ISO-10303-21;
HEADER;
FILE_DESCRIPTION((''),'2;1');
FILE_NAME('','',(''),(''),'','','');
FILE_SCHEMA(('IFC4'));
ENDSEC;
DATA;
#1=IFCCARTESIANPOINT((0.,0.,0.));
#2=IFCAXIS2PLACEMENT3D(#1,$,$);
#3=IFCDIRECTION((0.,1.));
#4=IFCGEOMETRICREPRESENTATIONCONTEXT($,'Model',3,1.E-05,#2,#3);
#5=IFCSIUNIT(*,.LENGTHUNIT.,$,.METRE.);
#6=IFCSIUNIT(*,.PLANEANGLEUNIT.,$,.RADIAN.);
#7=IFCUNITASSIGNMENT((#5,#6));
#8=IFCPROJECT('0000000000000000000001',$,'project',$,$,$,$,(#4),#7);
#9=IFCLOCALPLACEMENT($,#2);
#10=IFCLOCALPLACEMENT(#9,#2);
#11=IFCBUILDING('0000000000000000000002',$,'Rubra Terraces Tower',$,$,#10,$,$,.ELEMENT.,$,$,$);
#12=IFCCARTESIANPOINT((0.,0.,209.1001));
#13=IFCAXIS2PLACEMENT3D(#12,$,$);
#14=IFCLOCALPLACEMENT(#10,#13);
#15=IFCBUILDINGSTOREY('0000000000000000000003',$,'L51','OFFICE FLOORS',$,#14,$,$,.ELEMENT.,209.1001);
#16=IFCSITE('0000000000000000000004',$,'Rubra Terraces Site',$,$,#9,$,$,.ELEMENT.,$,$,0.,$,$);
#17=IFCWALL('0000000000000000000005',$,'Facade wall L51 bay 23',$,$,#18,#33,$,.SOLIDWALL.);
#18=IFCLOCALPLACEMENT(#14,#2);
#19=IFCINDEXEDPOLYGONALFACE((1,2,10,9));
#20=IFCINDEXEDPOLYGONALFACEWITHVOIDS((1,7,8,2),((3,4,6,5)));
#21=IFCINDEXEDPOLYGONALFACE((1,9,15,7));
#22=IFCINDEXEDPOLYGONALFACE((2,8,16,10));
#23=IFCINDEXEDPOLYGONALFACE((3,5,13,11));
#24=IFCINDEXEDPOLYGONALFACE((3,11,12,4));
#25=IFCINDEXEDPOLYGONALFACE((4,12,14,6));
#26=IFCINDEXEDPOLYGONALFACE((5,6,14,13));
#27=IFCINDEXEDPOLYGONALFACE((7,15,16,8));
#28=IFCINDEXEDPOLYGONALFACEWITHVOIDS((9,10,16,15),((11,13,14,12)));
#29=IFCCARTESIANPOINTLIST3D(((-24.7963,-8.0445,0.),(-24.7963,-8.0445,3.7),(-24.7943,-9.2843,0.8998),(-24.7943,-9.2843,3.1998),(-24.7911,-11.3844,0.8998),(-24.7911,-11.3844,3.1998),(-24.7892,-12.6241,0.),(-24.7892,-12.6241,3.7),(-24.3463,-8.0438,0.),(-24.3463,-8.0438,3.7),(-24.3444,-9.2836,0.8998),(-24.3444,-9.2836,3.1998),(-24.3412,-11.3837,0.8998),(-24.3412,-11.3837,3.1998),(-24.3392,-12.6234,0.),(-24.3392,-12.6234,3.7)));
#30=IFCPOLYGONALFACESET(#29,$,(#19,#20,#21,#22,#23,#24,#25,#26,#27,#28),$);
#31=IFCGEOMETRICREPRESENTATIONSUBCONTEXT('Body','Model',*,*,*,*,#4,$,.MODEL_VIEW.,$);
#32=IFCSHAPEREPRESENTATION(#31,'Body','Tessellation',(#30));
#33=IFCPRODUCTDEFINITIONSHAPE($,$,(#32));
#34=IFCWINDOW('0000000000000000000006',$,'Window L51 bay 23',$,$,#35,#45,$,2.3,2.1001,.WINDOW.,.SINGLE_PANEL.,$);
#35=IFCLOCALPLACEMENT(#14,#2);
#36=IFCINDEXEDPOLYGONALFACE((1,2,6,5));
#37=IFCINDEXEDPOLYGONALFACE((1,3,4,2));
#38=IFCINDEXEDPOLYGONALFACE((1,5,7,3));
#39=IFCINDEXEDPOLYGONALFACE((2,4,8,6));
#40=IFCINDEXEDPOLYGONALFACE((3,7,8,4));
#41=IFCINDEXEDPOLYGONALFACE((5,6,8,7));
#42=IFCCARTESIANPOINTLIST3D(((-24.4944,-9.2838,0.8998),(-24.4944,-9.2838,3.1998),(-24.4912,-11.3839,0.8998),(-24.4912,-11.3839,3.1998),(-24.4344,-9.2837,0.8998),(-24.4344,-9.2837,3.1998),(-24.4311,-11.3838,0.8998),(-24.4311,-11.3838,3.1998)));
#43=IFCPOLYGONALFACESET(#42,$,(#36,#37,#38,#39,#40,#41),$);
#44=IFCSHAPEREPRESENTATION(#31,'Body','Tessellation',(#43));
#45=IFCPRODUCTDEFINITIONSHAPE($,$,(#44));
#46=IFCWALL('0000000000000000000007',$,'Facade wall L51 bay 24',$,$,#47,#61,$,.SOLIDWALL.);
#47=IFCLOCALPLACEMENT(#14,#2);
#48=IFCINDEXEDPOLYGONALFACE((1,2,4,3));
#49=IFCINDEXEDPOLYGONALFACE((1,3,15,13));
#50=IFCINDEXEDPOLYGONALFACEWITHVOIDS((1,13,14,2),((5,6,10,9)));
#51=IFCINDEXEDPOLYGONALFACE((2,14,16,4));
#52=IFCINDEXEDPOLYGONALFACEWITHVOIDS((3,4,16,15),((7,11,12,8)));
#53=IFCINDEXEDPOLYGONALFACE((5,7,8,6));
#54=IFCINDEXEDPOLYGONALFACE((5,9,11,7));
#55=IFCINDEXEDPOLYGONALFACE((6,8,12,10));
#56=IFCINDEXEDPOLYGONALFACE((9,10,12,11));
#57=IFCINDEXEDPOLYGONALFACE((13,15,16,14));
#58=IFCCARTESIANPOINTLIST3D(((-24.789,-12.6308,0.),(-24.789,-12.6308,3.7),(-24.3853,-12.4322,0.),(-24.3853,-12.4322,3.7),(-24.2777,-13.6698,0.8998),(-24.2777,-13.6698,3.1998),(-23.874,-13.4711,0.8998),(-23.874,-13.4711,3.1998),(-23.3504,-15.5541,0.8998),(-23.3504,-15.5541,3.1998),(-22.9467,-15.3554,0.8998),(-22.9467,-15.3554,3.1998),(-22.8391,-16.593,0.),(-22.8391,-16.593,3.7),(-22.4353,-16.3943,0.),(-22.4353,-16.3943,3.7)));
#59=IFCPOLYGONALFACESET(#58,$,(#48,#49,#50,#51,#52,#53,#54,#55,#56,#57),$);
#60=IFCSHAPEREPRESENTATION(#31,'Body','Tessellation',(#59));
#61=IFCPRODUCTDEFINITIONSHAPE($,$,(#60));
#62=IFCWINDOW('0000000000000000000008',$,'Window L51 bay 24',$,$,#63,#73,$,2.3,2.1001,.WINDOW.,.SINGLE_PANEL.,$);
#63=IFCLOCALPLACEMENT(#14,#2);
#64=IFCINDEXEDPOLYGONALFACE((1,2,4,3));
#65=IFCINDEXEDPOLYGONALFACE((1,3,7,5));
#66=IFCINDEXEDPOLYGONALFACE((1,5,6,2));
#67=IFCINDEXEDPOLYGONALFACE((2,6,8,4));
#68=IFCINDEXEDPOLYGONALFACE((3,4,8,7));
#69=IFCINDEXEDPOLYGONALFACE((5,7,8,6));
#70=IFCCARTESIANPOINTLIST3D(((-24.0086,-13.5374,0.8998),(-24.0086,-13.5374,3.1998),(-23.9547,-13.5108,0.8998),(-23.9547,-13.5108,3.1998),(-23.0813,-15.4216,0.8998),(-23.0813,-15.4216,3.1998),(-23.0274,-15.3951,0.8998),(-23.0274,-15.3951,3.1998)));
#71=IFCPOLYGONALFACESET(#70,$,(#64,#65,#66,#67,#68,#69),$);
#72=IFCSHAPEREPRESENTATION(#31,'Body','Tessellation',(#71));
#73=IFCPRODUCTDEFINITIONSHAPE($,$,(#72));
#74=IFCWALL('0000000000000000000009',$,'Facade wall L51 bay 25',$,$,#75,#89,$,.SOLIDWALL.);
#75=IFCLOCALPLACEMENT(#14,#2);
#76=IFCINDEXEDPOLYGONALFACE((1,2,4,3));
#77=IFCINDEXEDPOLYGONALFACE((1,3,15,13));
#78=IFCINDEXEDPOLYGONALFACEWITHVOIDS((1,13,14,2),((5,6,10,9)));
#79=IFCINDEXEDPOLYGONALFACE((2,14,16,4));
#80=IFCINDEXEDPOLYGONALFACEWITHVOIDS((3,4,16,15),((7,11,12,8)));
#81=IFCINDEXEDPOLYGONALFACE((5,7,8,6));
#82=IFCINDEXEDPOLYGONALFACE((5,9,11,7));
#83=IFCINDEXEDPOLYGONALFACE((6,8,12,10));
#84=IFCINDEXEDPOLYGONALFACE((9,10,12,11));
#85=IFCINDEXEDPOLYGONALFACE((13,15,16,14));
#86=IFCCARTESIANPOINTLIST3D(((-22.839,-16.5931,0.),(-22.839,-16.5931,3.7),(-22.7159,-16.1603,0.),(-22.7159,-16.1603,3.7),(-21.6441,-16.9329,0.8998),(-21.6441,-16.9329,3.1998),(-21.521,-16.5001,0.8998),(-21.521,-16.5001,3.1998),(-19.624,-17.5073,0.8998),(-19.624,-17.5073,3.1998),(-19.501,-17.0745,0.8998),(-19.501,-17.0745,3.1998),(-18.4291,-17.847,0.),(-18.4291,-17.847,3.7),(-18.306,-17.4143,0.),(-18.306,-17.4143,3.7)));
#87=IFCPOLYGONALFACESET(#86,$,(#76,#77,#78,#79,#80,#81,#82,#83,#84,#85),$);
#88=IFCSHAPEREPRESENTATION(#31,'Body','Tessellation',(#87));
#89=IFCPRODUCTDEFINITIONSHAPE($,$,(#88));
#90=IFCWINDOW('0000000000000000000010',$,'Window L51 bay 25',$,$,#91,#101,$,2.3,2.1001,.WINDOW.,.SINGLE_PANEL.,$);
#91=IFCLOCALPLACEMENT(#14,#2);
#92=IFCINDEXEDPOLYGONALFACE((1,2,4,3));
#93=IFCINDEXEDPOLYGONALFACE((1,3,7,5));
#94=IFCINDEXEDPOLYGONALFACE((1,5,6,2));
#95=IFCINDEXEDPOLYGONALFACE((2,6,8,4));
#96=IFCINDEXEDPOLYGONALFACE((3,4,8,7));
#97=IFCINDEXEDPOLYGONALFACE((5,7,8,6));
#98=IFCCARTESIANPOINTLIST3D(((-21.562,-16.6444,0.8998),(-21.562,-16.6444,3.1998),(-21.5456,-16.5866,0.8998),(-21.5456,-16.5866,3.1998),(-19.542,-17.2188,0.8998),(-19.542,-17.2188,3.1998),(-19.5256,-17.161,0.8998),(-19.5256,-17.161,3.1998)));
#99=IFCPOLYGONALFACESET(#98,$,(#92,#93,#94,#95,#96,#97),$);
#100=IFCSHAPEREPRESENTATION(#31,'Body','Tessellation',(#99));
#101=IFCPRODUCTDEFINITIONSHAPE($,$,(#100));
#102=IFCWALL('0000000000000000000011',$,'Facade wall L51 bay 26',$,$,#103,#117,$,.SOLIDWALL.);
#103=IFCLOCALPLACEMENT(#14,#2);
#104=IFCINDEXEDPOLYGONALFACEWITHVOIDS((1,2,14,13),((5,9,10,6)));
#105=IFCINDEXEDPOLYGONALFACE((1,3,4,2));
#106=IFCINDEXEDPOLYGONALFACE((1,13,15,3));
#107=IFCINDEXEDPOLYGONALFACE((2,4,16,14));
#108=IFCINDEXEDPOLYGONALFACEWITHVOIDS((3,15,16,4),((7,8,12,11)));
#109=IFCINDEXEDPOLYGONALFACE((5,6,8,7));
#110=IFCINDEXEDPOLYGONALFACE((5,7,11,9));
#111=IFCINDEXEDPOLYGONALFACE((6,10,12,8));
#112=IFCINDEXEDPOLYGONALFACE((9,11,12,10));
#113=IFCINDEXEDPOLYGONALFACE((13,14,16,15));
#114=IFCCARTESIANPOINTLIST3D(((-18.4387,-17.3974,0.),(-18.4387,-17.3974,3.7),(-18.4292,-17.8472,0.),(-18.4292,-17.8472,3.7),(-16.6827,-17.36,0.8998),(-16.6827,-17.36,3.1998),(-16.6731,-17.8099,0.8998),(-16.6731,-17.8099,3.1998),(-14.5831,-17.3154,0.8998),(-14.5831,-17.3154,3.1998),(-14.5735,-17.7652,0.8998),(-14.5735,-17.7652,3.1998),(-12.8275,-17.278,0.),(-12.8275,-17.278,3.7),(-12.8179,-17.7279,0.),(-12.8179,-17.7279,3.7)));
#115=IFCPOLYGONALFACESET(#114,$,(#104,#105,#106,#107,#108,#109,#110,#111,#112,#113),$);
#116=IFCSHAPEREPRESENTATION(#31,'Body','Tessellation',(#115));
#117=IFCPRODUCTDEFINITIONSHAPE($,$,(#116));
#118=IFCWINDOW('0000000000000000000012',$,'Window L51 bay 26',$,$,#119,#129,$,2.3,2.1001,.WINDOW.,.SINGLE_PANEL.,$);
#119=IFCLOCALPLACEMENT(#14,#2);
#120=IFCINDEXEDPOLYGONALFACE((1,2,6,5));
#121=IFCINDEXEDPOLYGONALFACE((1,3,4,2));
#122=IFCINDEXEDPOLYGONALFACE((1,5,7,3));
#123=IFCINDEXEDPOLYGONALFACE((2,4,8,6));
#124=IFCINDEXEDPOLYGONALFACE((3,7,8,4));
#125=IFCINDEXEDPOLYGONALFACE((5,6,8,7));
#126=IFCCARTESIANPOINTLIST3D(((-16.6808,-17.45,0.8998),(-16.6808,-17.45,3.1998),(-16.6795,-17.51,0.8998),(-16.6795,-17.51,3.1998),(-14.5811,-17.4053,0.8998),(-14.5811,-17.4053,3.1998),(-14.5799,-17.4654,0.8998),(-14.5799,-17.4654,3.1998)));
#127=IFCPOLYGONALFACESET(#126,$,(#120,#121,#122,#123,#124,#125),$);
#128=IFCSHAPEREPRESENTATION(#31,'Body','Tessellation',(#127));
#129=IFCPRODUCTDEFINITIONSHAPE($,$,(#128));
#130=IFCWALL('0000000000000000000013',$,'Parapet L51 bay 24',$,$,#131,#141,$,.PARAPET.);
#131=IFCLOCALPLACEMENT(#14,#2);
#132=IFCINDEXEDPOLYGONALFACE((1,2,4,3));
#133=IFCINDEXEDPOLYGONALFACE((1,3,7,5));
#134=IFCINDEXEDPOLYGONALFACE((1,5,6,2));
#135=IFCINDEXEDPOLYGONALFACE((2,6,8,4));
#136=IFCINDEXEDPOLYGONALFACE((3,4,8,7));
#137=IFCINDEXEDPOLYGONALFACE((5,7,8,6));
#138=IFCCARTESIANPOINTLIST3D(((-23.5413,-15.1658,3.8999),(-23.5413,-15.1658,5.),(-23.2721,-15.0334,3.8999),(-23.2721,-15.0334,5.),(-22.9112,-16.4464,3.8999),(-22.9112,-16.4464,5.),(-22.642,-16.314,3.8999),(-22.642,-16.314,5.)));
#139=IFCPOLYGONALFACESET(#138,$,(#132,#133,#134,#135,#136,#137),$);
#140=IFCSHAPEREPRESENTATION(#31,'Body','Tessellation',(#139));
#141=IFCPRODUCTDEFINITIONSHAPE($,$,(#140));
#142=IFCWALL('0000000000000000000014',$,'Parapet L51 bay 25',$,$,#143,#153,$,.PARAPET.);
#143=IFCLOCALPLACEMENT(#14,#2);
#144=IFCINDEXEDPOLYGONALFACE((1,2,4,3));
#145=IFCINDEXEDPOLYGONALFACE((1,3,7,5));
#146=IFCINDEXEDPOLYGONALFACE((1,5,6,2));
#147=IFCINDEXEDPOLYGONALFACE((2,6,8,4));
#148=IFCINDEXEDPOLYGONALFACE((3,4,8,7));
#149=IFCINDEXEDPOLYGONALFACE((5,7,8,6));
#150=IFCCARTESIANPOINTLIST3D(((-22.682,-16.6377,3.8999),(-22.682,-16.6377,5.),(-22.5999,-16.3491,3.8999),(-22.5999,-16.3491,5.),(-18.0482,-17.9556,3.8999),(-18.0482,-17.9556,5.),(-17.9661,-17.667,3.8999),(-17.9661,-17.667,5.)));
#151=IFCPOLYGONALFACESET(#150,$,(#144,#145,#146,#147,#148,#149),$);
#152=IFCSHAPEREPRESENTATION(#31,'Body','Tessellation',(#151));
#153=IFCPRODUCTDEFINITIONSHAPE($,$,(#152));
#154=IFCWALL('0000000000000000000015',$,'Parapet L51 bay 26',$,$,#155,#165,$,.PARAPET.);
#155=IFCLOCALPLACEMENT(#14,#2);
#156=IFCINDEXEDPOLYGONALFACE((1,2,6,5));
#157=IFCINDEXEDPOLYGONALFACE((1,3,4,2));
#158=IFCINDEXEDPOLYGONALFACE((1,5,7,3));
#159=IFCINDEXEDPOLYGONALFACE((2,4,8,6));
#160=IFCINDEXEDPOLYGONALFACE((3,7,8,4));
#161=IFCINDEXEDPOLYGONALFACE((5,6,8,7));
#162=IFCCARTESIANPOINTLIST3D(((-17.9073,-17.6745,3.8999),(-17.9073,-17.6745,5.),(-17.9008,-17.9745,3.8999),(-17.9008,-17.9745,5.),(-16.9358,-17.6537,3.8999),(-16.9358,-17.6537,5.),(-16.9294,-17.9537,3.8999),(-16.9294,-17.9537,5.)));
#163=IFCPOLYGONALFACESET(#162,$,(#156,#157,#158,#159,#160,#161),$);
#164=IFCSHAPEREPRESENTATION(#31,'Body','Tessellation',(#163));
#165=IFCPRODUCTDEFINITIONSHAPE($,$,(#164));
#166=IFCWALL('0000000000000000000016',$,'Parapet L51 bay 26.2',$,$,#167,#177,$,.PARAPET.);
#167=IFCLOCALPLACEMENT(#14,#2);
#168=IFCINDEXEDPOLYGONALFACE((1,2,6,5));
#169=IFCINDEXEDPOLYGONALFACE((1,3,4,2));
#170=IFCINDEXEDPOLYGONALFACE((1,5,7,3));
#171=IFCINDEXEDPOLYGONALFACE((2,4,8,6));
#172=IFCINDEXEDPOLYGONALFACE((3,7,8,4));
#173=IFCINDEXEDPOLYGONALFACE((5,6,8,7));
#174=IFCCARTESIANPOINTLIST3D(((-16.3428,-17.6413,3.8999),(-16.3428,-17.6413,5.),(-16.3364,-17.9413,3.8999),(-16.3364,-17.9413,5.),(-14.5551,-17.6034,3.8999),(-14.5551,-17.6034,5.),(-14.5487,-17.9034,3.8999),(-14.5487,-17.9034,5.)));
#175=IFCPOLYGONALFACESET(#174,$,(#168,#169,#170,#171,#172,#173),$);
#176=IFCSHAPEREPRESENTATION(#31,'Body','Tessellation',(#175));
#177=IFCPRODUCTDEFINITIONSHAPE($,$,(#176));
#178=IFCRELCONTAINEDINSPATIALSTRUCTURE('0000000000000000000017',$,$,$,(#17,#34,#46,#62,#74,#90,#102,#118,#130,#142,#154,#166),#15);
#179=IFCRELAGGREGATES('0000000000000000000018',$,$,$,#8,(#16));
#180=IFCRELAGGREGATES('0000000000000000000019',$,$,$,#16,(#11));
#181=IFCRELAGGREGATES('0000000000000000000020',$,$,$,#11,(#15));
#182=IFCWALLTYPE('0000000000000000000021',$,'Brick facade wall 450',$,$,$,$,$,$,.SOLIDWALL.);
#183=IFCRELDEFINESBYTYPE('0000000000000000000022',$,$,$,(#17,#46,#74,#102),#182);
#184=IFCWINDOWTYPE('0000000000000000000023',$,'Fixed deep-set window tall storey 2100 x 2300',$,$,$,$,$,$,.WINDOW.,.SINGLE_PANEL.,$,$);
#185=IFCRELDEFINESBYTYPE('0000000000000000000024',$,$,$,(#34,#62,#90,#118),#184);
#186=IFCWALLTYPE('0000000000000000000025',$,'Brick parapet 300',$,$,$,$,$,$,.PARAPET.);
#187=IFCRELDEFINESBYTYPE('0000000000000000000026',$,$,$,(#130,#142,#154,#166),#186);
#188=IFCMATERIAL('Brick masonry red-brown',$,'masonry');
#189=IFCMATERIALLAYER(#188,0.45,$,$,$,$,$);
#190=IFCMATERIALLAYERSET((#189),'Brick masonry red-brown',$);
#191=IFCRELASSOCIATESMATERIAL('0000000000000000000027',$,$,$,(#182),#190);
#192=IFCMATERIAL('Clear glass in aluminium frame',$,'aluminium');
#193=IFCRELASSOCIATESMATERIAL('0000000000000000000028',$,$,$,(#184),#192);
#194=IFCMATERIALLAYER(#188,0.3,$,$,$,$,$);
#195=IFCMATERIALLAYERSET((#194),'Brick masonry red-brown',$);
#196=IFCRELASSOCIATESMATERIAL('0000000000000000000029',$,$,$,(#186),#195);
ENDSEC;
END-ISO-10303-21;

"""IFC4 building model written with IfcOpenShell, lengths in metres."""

from ifc_helpers import new_model, si_unit, direction, frame, frame_2d, origin, place, context, subcontext, project, spatial, rectangle, extrude, material, layer, layer_set, type_object, element, fill, save


model = new_model("IFC4")

# Units and contexts
model_context = context("Model", 3, precision=1e-05, world=origin(), true_north=direction((0.0, 1.0)))
body_context = subcontext(model_context, "Body", "Model", "MODEL_VIEW")
ifc_project = project(units=[si_unit("LENGTHUNIT", "METRE"), si_unit("PLANEANGLEUNIT", "RADIAN")], contexts=[model_context])

# Site, building, storey
site_placement = place(None, origin())
site = spatial("IfcSite", under=ifc_project, at=site_placement, Name="Rubra Terraces Site", CompositionType="ELEMENT", RefElevation=0.0)
building_placement = place(site_placement, origin())
building = spatial("IfcBuilding", under=site, at=building_placement, Name="Rubra Terraces Tower", CompositionType="ELEMENT")
storey_placement = place(building_placement, frame((0.0, 0.0, 209.1001)))
storey = spatial("IfcBuildingStorey", under=building, at=storey_placement, Name="L51", Description="OFFICE FLOORS", CompositionType="ELEMENT", Elevation=209.1001)

# Walls, openings, windows
ifc_material_1 = material(Name="Brick masonry red-brown", Category="masonry")
ifc_layer_1 = layer(ifc_material_1, 0.45)
ifc_layer_set_1 = layer_set([ifc_layer_1], Name="Brick masonry red-brown")
wall_type_1 = type_object("IfcWallType", Name="Brick facade wall 450", PredefinedType="SOLIDWALL", material=ifc_layer_set_1)
wall_1_placement = place(storey_placement, frame((-24.5713, -8.0442, 0.0), z_axis=(0.0, 0.0, 1.0), x_axis=(0.001546, -0.999999, 0.0)))
wall_1 = element("IfcWall", 1, at=wall_1_placement, inside=storey, type_object=wall_type_1, Name="Facade wall L51 bay 23", PredefinedType="SOLIDWALL", context=body_context, shape_type="SweptSolid", body=[
    extrude(rectangle(XDim=4.5796, YDim=0.45, at=frame_2d((2.2898, 0.0))), origin(), (0.0, 0.0, 1.0), 3.7),
])
opening_1_placement = place(wall_1_placement, frame((1.2397, 0.0, 0.8999)))
opening_1 = element("IfcOpeningElement", 2, at=opening_1_placement, cuts=wall_1, PredefinedType="OPENING", context=body_context, shape_type="SweptSolid", body=[
    extrude(rectangle(XDim=2.1001, YDim=2.3, at=frame_2d((1.05, 1.1499))), frame((0.0, 0.2349, 0.0), z_axis=(0.0, -1.0, 0.0), x_axis=(1.0, 0.0, 0.0)), (0.0, 0.0, 1.0), 0.47),
])
ifc_material_2 = material(Name="Clear glass in aluminium frame", Category="aluminium")
window_type = type_object("IfcWindowType", Name="Fixed deep-set window tall storey 2100 x 2300", PartitioningType="SINGLE_PANEL", PredefinedType="WINDOW", material=ifc_material_2)
window_1_placement = place(opening_1_placement, origin())
window_1 = element("IfcWindow", 3, at=window_1_placement, inside=storey, type_object=window_type, Name="Window L51 bay 23", OverallHeight=2.3, OverallWidth=2.1001, PartitioningType="SINGLE_PANEL", PredefinedType="WINDOW", context=body_context, shape_type="SweptSolid", body=[
    extrude(rectangle(XDim=2.1001, YDim=2.3, at=frame_2d((1.05, 1.1499))), frame((0.0, 0.135, 0.0), z_axis=(0.0, -1.0, 0.0), x_axis=(1.0, 0.0, 0.0)), (0.0, 0.0, 1.0), 0.0601),
])
fill(opening_1, window_1)
wall_2_placement = place(storey_placement, frame((-24.5872, -12.5315, 0.0), z_axis=(0.0, 0.0, 1.0), x_axis=(0.441566, -0.897229, 0.0)))
wall_2 = element("IfcWall", 4, at=wall_2_placement, inside=storey, type_object=wall_type_1, Name="Facade wall L51 bay 24", PredefinedType="SOLIDWALL", context=body_context, shape_type="SweptSolid", body=[
    extrude(rectangle(XDim=4.416, YDim=0.45, at=frame_2d((2.208, 0.0))), origin(), (0.0, 0.0, 1.0), 3.7),
])
opening_2_placement = place(wall_2_placement, frame((1.158, 0.0, 0.8999)))
opening_2 = element("IfcOpeningElement", 5, at=opening_2_placement, cuts=wall_2, PredefinedType="OPENING", context=body_context, shape_type="SweptSolid", body=[
    extrude(rectangle(XDim=2.1001, YDim=2.3, at=frame_2d((1.05, 1.1499))), frame((0.0, 0.2349, 0.0), z_axis=(0.0, -1.0, 0.0), x_axis=(1.0, 0.0, 0.0)), (0.0, 0.0, 1.0), 0.47),
])
window_2_placement = place(opening_2_placement, origin())
window_2 = element("IfcWindow", 6, at=window_2_placement, inside=storey, type_object=window_type, Name="Window L51 bay 24", OverallHeight=2.3, OverallWidth=2.1001, PartitioningType="SINGLE_PANEL", PredefinedType="WINDOW", context=body_context, shape_type="SweptSolid", body=[
    extrude(rectangle(XDim=2.1001, YDim=2.3, at=frame_2d((1.05, 1.1499))), frame((0.0, 0.135, 0.0), z_axis=(0.0, -1.0, 0.0), x_axis=(1.0, 0.0, 0.0)), (0.0, 0.0, 1.0), 0.0601),
])
fill(opening_2, window_2)
wall_3_placement = place(storey_placement, frame((-22.7776, -16.3767, 0.0), z_axis=(0.0, 0.0, 1.0), x_axis=(0.961873, -0.273497, 0.0)))
wall_3 = element("IfcWall", 7, at=wall_3_placement, inside=storey, type_object=wall_type_1, Name="Facade wall L51 bay 25", PredefinedType="SOLIDWALL", context=body_context, shape_type="SweptSolid", body=[
    extrude(rectangle(XDim=4.5847, YDim=0.45, at=frame_2d((2.2925, 0.0))), origin(), (0.0, 0.0, 1.0), 3.7),
])
opening_3_placement = place(wall_3_placement, frame((1.2424, 0.0, 0.8999)))
opening_3 = element("IfcOpeningElement", 8, at=opening_3_placement, cuts=wall_3, PredefinedType="OPENING", context=body_context, shape_type="SweptSolid", body=[
    extrude(rectangle(XDim=2.1001, YDim=2.3, at=frame_2d((1.05, 1.1499))), frame((0.0, 0.2349, 0.0), z_axis=(0.0, -1.0, 0.0), x_axis=(1.0, 0.0, 0.0)), (0.0, 0.0, 1.0), 0.47),
])
window_3_placement = place(opening_3_placement, origin())
window_3 = element("IfcWindow", 9, at=window_3_placement, inside=storey, type_object=window_type, Name="Window L51 bay 25", OverallHeight=2.3, OverallWidth=2.1001, PartitioningType="SINGLE_PANEL", PredefinedType="WINDOW", context=body_context, shape_type="SweptSolid", body=[
    extrude(rectangle(XDim=2.1001, YDim=2.3, at=frame_2d((1.05, 1.1499))), frame((0.0, 0.135, 0.0), z_axis=(0.0, -1.0, 0.0), x_axis=(1.0, 0.0, 0.0)), (0.0, 0.0, 1.0), 0.0601),
])
fill(opening_3, window_3)
wall_4_placement = place(storey_placement, frame((-18.4338, -17.6223, 0.0), z_axis=(0.0, 0.0, 1.0), x_axis=(0.999774, 0.021271, 0.0)))
wall_4 = element("IfcWall", 10, at=wall_4_placement, inside=storey, type_object=wall_type_1, Name="Facade wall L51 bay 26", PredefinedType="SOLIDWALL", context=body_context, shape_type="SweptSolid", body=[
    extrude(rectangle(XDim=5.6125, YDim=0.45, at=frame_2d((2.8062, 0.0))), origin(), (0.0, 0.0, 1.0), 3.7),
])
opening_4_placement = place(wall_4_placement, frame((1.7563, 0.0, 0.8999)))
opening_4 = element("IfcOpeningElement", 11, at=opening_4_placement, cuts=wall_4, PredefinedType="OPENING", context=body_context, shape_type="SweptSolid", body=[
    extrude(rectangle(XDim=2.1001, YDim=2.3, at=frame_2d((1.05, 1.1499))), frame((0.0, 0.2349, 0.0), z_axis=(0.0, -1.0, 0.0), x_axis=(1.0, 0.0, 0.0)), (0.0, 0.0, 1.0), 0.47),
])
window_4_placement = place(opening_4_placement, origin())
window_4 = element("IfcWindow", 12, at=window_4_placement, inside=storey, type_object=window_type, Name="Window L51 bay 26", OverallHeight=2.3, OverallWidth=2.1001, PartitioningType="SINGLE_PANEL", PredefinedType="WINDOW", context=body_context, shape_type="SweptSolid", body=[
    extrude(rectangle(XDim=2.1001, YDim=2.3, at=frame_2d((1.05, 1.1499))), frame((0.0, 0.135, 0.0), z_axis=(0.0, -1.0, 0.0), x_axis=(1.0, 0.0, 0.0)), (0.0, 0.0, 1.0), 0.0601),
])
fill(opening_4, window_4)

# Walls
ifc_layer_2 = layer(ifc_material_1, 0.3)
ifc_layer_set_2 = layer_set([ifc_layer_2], Name="Brick masonry red-brown")
wall_type_2 = type_object("IfcWallType", Name="Brick parapet 300", PredefinedType="PARAPET", material=ifc_layer_set_2)
wall_5_placement = place(storey_placement, frame((-23.4067, -15.0996, 3.8999), z_axis=(0.0, 0.0, 1.0), x_axis=(0.441525, -0.897249, 0.0)))
element("IfcWall", 13, at=wall_5_placement, inside=storey, type_object=wall_type_2, Name="Parapet L51 bay 24", PredefinedType="PARAPET", context=body_context, shape_type="SweptSolid", body=[
    extrude(rectangle(XDim=1.4272, YDim=0.3, at=frame_2d((0.7136, 0.0))), origin(), (0.0, 0.0, 1.0), 1.1001),
])
wall_6_placement = place(storey_placement, frame((-22.6409, -16.4934, 3.8999), z_axis=(0.0, 0.0, 1.0), x_axis=(0.961856, -0.273556, 0.0)))
element("IfcWall", 14, at=wall_6_placement, inside=storey, type_object=wall_type_2, Name="Parapet L51 bay 25", PredefinedType="PARAPET", context=body_context, shape_type="SweptSolid", body=[
    extrude(rectangle(XDim=4.8176, YDim=0.3, at=frame_2d((2.4087, 0.0))), origin(), (0.0, 0.0, 1.0), 1.1001),
])
wall_7_placement = place(storey_placement, frame((-17.9041, -17.8245, 3.8999), z_axis=(0.0, 0.0, 1.0), x_axis=(0.999772, 0.021357, 0.0)))
element("IfcWall", 15, at=wall_7_placement, inside=storey, type_object=wall_type_2, Name="Parapet L51 bay 26", PredefinedType="PARAPET", context=body_context, shape_type="SweptSolid", body=[
    extrude(rectangle(XDim=0.9717, YDim=0.3, at=frame_2d((0.4858, 0.0))), origin(), (0.0, 0.0, 1.0), 1.1001),
])
wall_8_placement = place(storey_placement, frame((-16.3396, -17.7913, 3.8999), z_axis=(0.0, 0.0, 1.0), x_axis=(0.999776, 0.021164, 0.0)))
element("IfcWall", 16, at=wall_8_placement, inside=storey, type_object=wall_type_2, Name="Parapet L51 bay 26.2", PredefinedType="PARAPET", context=body_context, shape_type="SweptSolid", body=[
    extrude(rectangle(XDim=1.7881, YDim=0.3, at=frame_2d((0.894, 0.0))), origin(), (0.0, 0.0, 1.0), 1.1001),
])

save(model, "model.ifc")
